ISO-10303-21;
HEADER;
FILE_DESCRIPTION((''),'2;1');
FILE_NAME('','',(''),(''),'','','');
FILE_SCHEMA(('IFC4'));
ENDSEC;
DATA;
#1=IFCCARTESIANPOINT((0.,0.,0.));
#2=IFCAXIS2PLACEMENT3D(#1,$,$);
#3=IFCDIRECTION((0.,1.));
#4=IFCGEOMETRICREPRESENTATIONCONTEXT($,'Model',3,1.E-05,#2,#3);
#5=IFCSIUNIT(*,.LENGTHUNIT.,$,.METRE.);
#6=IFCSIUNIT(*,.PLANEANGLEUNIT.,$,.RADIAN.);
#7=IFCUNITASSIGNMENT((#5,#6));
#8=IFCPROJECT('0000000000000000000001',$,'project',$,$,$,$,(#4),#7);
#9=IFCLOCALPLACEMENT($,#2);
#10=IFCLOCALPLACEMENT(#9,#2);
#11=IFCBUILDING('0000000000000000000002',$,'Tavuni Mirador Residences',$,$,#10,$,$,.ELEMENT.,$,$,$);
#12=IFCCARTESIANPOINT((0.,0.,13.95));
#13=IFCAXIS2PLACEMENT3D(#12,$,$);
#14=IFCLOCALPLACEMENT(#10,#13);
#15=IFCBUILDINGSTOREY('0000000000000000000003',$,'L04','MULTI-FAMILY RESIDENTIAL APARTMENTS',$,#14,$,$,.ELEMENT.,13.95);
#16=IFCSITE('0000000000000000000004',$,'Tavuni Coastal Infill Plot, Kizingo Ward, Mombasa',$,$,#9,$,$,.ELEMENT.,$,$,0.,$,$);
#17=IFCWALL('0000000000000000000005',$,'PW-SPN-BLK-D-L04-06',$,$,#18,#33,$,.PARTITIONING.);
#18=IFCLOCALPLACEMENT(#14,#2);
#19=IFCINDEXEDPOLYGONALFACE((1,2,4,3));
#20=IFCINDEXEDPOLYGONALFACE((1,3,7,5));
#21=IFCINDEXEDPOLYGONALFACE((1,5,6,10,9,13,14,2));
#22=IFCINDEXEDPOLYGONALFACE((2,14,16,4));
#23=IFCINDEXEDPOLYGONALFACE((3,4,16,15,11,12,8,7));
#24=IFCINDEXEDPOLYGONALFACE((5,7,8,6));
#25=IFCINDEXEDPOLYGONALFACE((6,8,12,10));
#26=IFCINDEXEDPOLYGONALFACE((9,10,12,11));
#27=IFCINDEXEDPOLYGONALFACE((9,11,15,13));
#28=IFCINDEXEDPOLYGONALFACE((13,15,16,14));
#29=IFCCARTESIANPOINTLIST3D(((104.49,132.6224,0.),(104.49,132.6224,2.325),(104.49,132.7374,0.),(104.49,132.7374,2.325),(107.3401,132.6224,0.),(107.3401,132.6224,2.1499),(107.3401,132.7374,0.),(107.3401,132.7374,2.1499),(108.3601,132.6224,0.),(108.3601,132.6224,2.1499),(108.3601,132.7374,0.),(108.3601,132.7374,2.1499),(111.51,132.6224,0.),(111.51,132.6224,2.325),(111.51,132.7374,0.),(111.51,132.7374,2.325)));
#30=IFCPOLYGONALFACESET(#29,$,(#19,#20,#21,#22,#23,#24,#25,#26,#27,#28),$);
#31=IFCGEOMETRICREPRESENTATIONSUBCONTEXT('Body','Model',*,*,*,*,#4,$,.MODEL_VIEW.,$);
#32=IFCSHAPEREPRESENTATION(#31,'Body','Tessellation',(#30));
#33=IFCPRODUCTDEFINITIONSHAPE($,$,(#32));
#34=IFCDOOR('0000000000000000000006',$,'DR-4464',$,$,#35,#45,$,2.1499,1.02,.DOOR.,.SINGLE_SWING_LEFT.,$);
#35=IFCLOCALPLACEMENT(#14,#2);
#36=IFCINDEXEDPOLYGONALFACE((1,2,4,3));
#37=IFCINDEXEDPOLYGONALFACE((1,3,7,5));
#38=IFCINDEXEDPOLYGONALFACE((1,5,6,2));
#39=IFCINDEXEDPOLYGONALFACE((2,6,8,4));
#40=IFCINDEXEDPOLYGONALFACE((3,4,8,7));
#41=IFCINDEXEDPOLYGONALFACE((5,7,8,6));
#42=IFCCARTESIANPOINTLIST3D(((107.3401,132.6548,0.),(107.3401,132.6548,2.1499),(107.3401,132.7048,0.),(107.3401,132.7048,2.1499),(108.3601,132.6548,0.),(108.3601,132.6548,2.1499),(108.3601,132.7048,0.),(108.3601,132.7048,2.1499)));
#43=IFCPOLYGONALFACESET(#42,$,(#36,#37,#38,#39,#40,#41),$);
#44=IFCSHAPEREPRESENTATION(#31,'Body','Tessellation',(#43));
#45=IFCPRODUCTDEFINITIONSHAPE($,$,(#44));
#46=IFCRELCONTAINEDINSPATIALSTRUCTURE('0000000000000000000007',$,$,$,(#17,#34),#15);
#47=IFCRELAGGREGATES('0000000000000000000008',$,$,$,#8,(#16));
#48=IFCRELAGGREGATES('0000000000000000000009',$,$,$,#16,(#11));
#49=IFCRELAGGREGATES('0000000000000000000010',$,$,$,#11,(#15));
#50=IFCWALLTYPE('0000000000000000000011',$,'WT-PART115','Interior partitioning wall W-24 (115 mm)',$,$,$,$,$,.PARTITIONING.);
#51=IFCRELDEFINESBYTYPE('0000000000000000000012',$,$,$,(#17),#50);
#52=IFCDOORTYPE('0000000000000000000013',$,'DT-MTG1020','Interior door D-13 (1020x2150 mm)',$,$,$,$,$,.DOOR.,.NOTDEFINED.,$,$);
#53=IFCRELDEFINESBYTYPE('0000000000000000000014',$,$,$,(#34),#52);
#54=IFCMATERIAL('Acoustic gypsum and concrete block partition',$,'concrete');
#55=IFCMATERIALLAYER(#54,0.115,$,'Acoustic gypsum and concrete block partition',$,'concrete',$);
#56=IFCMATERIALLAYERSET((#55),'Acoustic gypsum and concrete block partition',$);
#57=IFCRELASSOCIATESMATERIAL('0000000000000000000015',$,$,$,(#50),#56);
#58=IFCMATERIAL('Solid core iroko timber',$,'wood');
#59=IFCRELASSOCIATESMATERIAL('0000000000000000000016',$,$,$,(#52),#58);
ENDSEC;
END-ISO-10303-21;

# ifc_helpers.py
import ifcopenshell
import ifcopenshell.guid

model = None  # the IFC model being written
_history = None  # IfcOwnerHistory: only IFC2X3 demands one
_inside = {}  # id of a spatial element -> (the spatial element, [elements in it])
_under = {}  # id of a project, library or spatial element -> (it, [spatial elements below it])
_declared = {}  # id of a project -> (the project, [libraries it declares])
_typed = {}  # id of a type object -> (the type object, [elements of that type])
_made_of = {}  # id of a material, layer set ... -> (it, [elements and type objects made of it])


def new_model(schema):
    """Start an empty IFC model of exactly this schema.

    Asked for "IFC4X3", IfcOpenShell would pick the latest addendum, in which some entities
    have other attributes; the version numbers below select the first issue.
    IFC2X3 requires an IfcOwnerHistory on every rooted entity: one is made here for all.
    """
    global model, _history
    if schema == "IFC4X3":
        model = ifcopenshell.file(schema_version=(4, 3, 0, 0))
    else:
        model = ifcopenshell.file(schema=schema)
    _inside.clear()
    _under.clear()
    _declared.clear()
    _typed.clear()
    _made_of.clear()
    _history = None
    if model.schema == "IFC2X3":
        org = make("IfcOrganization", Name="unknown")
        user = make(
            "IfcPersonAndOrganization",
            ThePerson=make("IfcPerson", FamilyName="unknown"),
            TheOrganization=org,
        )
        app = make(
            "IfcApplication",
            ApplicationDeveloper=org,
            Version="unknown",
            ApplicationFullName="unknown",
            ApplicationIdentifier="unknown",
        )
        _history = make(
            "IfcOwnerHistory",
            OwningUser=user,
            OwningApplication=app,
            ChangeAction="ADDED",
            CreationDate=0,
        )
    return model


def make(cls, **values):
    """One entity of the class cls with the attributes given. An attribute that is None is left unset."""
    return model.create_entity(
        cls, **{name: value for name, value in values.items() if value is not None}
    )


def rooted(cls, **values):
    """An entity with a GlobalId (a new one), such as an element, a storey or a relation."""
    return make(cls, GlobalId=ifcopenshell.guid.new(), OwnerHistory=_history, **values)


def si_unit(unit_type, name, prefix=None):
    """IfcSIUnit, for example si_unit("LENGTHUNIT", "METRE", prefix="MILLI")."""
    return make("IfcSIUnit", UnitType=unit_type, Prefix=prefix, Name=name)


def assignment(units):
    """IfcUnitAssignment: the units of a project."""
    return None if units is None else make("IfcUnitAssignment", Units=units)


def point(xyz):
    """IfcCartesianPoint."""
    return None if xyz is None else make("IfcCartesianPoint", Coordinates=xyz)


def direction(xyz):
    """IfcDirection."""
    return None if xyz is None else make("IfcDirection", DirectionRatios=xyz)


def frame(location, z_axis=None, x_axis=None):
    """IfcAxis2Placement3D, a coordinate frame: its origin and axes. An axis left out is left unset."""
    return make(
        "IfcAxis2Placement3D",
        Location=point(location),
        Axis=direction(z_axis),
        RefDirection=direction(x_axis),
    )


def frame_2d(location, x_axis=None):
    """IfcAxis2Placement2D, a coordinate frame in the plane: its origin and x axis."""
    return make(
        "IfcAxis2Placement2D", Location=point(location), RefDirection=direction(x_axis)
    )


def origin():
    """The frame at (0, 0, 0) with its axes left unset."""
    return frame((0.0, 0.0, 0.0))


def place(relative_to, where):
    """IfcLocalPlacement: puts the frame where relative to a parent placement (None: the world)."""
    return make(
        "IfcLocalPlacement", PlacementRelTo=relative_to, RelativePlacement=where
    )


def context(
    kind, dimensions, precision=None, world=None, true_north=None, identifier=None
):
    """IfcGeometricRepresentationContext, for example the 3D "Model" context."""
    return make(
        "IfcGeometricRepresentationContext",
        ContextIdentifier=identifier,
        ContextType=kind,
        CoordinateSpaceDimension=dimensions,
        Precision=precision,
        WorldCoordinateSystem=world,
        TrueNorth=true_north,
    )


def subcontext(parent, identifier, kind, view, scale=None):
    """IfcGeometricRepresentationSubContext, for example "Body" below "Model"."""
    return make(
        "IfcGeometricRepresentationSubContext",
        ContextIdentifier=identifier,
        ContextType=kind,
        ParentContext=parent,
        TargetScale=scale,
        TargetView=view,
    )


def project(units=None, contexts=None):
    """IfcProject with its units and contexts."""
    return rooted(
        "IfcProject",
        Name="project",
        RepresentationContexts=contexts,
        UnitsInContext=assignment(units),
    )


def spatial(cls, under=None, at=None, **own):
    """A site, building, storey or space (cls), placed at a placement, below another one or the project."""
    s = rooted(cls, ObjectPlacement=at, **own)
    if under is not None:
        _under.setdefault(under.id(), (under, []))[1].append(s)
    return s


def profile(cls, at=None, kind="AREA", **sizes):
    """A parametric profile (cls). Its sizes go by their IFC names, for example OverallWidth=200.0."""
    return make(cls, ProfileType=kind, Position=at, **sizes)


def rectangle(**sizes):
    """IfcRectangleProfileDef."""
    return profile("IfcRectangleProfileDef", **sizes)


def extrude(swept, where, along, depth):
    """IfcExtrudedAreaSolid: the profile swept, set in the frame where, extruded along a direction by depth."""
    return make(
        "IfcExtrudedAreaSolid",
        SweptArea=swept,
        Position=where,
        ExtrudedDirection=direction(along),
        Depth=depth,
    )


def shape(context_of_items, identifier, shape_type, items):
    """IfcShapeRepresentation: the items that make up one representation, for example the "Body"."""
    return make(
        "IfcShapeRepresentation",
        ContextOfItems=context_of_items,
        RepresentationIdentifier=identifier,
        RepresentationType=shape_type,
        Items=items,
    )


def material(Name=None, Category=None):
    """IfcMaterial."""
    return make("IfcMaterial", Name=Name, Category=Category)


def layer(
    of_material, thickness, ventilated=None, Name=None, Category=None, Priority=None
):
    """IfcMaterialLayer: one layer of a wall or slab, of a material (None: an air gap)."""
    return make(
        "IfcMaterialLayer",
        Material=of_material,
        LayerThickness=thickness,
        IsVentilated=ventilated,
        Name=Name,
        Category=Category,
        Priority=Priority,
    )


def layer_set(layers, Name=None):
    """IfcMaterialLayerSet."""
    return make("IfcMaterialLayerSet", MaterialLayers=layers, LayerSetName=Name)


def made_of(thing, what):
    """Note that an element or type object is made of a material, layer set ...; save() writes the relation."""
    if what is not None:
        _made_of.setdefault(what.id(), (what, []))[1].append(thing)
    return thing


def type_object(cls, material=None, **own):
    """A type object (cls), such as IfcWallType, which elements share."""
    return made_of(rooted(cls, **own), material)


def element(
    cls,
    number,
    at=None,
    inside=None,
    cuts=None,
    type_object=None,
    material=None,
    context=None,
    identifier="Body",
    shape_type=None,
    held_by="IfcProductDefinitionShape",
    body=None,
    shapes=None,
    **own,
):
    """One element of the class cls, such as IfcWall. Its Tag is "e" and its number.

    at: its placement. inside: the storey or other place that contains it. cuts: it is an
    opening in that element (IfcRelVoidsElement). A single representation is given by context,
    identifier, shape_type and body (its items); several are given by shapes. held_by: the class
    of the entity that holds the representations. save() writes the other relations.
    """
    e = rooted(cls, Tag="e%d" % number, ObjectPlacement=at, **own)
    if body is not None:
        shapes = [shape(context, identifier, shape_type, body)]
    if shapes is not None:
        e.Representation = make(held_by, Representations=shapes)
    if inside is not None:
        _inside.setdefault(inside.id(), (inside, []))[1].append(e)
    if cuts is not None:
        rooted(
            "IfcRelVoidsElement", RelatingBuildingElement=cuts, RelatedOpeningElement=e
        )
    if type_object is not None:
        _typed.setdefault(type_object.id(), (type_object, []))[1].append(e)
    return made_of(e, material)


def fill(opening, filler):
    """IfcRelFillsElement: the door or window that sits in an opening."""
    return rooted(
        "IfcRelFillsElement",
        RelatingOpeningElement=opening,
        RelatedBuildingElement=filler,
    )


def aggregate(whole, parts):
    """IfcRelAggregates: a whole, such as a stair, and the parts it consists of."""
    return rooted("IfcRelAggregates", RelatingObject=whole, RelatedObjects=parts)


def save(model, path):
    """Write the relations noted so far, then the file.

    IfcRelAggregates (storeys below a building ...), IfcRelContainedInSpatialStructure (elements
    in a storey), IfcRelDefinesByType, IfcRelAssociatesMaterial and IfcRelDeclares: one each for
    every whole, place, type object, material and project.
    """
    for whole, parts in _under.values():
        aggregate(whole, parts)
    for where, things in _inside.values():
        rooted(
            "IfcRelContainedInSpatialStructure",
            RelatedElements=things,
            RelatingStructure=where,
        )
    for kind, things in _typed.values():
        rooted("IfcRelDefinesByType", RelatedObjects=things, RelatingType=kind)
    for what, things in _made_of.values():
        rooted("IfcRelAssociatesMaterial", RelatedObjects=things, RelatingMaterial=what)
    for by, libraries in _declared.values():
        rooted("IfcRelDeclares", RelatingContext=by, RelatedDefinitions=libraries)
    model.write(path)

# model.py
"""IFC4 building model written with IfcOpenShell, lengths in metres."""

from ifc_helpers import new_model, si_unit, direction, frame, frame_2d, origin, place, context, subcontext, project, spatial, rectangle, extrude, material, layer, layer_set, type_object, element, fill, save


model = new_model("IFC4")

# Units and contexts
model_context = context("Model", 3, precision=1e-05, world=origin(), true_north=direction((0.0, 1.0)))
body_context = subcontext(model_context, "Body", "Model", "MODEL_VIEW")
ifc_project = project(units=[si_unit("LENGTHUNIT", "METRE"), si_unit("PLANEANGLEUNIT", "RADIAN")], contexts=[model_context])

# Site, building, storey
site_placement = place(None, origin())
site = spatial("IfcSite", under=ifc_project, at=site_placement, Name="Tavuni Coastal Infill Plot, Kizingo Ward, Mombasa", CompositionType="ELEMENT", RefElevation=0.0)
building_placement = place(site_placement, origin())
building = spatial("IfcBuilding", under=site, at=building_placement, Name="Tavuni Mirador Residences", CompositionType="ELEMENT")
storey_placement = place(building_placement, frame((0.0, 0.0, 13.95)))
storey = spatial("IfcBuildingStorey", under=building, at=storey_placement, Name="L04", Description="MULTI-FAMILY RESIDENTIAL APARTMENTS", CompositionType="ELEMENT", Elevation=13.95)

# Wall, opening, door
ifc_material_1 = material(Name="Solid core iroko timber", Category="wood")
ifc_material_2 = material(Name="Acoustic gypsum and concrete block partition", Category="concrete")
ifc_layer_1 = layer(ifc_material_2, 0.115, Name="Acoustic gypsum and concrete block partition", Category="concrete")
ifc_layer_set_1 = layer_set([ifc_layer_1], Name="Acoustic gypsum and concrete block partition")
wall_type_1 = type_object("IfcWallType", Name="WT-PART115", Description="Interior partitioning wall W-24 (115 mm)", PredefinedType="PARTITIONING", material=ifc_layer_set_1)
wall_1_placement = place(storey_placement, frame((104.49, 132.6799, 0.0), z_axis=(0.0, 0.0, 1.0), x_axis=(1.0, 0.0, 0.0)))
wall_1 = element("IfcWall", 1, at=wall_1_placement, inside=storey, type_object=wall_type_1, Name="PW-SPN-BLK-D-L04-06", PredefinedType="PARTITIONING", context=body_context, shape_type="SweptSolid", body=[
    extrude(rectangle(XDim=7.02, YDim=0.115, at=frame_2d((3.51, 0.0))), origin(), (0.0, 0.0, 1.0), 2.325),
])
opening_1_placement = place(wall_1_placement, frame((2.8501, 0.0, 0.0)))
opening_1 = element("IfcOpeningElement", 2, at=opening_1_placement, cuts=wall_1, PredefinedType="OPENING", context=body_context, shape_type="SweptSolid", body=[
    extrude(rectangle(XDim=1.02, YDim=2.1499, at=frame_2d((0.51, 1.075))), frame((0.0, 0.0674, 0.0), z_axis=(0.0, -1.0, 0.0), x_axis=(1.0, 0.0, 0.0)), (0.0, 0.0, 1.0), 0.135),
])
door_type_1 = type_object("IfcDoorType", Name="DT-MTG1020", Description="Interior door D-13 (1020x2150 mm)", OperationType="NOTDEFINED", PredefinedType="DOOR", material=ifc_material_1)
door_1_placement = place(opening_1_placement, origin())
door_1 = element("IfcDoor", 3, at=door_1_placement, inside=storey, type_object=door_type_1, Name="DR-4464", OperationType="SINGLE_SWING_LEFT", OverallHeight=2.1499, OverallWidth=1.02, PredefinedType="DOOR", context=body_context, shape_type="SweptSolid", body=[
    extrude(rectangle(XDim=1.02, YDim=2.1499, at=frame_2d((0.51, 1.075))), frame((0.0, 0.0249, 0.0), z_axis=(0.0, -1.0, 0.0), x_axis=(1.0, 0.0, 0.0)), (0.0, 0.0, 1.0), 0.05),
])
fill(opening_1, door_1)

save(model, "model.ifc")
